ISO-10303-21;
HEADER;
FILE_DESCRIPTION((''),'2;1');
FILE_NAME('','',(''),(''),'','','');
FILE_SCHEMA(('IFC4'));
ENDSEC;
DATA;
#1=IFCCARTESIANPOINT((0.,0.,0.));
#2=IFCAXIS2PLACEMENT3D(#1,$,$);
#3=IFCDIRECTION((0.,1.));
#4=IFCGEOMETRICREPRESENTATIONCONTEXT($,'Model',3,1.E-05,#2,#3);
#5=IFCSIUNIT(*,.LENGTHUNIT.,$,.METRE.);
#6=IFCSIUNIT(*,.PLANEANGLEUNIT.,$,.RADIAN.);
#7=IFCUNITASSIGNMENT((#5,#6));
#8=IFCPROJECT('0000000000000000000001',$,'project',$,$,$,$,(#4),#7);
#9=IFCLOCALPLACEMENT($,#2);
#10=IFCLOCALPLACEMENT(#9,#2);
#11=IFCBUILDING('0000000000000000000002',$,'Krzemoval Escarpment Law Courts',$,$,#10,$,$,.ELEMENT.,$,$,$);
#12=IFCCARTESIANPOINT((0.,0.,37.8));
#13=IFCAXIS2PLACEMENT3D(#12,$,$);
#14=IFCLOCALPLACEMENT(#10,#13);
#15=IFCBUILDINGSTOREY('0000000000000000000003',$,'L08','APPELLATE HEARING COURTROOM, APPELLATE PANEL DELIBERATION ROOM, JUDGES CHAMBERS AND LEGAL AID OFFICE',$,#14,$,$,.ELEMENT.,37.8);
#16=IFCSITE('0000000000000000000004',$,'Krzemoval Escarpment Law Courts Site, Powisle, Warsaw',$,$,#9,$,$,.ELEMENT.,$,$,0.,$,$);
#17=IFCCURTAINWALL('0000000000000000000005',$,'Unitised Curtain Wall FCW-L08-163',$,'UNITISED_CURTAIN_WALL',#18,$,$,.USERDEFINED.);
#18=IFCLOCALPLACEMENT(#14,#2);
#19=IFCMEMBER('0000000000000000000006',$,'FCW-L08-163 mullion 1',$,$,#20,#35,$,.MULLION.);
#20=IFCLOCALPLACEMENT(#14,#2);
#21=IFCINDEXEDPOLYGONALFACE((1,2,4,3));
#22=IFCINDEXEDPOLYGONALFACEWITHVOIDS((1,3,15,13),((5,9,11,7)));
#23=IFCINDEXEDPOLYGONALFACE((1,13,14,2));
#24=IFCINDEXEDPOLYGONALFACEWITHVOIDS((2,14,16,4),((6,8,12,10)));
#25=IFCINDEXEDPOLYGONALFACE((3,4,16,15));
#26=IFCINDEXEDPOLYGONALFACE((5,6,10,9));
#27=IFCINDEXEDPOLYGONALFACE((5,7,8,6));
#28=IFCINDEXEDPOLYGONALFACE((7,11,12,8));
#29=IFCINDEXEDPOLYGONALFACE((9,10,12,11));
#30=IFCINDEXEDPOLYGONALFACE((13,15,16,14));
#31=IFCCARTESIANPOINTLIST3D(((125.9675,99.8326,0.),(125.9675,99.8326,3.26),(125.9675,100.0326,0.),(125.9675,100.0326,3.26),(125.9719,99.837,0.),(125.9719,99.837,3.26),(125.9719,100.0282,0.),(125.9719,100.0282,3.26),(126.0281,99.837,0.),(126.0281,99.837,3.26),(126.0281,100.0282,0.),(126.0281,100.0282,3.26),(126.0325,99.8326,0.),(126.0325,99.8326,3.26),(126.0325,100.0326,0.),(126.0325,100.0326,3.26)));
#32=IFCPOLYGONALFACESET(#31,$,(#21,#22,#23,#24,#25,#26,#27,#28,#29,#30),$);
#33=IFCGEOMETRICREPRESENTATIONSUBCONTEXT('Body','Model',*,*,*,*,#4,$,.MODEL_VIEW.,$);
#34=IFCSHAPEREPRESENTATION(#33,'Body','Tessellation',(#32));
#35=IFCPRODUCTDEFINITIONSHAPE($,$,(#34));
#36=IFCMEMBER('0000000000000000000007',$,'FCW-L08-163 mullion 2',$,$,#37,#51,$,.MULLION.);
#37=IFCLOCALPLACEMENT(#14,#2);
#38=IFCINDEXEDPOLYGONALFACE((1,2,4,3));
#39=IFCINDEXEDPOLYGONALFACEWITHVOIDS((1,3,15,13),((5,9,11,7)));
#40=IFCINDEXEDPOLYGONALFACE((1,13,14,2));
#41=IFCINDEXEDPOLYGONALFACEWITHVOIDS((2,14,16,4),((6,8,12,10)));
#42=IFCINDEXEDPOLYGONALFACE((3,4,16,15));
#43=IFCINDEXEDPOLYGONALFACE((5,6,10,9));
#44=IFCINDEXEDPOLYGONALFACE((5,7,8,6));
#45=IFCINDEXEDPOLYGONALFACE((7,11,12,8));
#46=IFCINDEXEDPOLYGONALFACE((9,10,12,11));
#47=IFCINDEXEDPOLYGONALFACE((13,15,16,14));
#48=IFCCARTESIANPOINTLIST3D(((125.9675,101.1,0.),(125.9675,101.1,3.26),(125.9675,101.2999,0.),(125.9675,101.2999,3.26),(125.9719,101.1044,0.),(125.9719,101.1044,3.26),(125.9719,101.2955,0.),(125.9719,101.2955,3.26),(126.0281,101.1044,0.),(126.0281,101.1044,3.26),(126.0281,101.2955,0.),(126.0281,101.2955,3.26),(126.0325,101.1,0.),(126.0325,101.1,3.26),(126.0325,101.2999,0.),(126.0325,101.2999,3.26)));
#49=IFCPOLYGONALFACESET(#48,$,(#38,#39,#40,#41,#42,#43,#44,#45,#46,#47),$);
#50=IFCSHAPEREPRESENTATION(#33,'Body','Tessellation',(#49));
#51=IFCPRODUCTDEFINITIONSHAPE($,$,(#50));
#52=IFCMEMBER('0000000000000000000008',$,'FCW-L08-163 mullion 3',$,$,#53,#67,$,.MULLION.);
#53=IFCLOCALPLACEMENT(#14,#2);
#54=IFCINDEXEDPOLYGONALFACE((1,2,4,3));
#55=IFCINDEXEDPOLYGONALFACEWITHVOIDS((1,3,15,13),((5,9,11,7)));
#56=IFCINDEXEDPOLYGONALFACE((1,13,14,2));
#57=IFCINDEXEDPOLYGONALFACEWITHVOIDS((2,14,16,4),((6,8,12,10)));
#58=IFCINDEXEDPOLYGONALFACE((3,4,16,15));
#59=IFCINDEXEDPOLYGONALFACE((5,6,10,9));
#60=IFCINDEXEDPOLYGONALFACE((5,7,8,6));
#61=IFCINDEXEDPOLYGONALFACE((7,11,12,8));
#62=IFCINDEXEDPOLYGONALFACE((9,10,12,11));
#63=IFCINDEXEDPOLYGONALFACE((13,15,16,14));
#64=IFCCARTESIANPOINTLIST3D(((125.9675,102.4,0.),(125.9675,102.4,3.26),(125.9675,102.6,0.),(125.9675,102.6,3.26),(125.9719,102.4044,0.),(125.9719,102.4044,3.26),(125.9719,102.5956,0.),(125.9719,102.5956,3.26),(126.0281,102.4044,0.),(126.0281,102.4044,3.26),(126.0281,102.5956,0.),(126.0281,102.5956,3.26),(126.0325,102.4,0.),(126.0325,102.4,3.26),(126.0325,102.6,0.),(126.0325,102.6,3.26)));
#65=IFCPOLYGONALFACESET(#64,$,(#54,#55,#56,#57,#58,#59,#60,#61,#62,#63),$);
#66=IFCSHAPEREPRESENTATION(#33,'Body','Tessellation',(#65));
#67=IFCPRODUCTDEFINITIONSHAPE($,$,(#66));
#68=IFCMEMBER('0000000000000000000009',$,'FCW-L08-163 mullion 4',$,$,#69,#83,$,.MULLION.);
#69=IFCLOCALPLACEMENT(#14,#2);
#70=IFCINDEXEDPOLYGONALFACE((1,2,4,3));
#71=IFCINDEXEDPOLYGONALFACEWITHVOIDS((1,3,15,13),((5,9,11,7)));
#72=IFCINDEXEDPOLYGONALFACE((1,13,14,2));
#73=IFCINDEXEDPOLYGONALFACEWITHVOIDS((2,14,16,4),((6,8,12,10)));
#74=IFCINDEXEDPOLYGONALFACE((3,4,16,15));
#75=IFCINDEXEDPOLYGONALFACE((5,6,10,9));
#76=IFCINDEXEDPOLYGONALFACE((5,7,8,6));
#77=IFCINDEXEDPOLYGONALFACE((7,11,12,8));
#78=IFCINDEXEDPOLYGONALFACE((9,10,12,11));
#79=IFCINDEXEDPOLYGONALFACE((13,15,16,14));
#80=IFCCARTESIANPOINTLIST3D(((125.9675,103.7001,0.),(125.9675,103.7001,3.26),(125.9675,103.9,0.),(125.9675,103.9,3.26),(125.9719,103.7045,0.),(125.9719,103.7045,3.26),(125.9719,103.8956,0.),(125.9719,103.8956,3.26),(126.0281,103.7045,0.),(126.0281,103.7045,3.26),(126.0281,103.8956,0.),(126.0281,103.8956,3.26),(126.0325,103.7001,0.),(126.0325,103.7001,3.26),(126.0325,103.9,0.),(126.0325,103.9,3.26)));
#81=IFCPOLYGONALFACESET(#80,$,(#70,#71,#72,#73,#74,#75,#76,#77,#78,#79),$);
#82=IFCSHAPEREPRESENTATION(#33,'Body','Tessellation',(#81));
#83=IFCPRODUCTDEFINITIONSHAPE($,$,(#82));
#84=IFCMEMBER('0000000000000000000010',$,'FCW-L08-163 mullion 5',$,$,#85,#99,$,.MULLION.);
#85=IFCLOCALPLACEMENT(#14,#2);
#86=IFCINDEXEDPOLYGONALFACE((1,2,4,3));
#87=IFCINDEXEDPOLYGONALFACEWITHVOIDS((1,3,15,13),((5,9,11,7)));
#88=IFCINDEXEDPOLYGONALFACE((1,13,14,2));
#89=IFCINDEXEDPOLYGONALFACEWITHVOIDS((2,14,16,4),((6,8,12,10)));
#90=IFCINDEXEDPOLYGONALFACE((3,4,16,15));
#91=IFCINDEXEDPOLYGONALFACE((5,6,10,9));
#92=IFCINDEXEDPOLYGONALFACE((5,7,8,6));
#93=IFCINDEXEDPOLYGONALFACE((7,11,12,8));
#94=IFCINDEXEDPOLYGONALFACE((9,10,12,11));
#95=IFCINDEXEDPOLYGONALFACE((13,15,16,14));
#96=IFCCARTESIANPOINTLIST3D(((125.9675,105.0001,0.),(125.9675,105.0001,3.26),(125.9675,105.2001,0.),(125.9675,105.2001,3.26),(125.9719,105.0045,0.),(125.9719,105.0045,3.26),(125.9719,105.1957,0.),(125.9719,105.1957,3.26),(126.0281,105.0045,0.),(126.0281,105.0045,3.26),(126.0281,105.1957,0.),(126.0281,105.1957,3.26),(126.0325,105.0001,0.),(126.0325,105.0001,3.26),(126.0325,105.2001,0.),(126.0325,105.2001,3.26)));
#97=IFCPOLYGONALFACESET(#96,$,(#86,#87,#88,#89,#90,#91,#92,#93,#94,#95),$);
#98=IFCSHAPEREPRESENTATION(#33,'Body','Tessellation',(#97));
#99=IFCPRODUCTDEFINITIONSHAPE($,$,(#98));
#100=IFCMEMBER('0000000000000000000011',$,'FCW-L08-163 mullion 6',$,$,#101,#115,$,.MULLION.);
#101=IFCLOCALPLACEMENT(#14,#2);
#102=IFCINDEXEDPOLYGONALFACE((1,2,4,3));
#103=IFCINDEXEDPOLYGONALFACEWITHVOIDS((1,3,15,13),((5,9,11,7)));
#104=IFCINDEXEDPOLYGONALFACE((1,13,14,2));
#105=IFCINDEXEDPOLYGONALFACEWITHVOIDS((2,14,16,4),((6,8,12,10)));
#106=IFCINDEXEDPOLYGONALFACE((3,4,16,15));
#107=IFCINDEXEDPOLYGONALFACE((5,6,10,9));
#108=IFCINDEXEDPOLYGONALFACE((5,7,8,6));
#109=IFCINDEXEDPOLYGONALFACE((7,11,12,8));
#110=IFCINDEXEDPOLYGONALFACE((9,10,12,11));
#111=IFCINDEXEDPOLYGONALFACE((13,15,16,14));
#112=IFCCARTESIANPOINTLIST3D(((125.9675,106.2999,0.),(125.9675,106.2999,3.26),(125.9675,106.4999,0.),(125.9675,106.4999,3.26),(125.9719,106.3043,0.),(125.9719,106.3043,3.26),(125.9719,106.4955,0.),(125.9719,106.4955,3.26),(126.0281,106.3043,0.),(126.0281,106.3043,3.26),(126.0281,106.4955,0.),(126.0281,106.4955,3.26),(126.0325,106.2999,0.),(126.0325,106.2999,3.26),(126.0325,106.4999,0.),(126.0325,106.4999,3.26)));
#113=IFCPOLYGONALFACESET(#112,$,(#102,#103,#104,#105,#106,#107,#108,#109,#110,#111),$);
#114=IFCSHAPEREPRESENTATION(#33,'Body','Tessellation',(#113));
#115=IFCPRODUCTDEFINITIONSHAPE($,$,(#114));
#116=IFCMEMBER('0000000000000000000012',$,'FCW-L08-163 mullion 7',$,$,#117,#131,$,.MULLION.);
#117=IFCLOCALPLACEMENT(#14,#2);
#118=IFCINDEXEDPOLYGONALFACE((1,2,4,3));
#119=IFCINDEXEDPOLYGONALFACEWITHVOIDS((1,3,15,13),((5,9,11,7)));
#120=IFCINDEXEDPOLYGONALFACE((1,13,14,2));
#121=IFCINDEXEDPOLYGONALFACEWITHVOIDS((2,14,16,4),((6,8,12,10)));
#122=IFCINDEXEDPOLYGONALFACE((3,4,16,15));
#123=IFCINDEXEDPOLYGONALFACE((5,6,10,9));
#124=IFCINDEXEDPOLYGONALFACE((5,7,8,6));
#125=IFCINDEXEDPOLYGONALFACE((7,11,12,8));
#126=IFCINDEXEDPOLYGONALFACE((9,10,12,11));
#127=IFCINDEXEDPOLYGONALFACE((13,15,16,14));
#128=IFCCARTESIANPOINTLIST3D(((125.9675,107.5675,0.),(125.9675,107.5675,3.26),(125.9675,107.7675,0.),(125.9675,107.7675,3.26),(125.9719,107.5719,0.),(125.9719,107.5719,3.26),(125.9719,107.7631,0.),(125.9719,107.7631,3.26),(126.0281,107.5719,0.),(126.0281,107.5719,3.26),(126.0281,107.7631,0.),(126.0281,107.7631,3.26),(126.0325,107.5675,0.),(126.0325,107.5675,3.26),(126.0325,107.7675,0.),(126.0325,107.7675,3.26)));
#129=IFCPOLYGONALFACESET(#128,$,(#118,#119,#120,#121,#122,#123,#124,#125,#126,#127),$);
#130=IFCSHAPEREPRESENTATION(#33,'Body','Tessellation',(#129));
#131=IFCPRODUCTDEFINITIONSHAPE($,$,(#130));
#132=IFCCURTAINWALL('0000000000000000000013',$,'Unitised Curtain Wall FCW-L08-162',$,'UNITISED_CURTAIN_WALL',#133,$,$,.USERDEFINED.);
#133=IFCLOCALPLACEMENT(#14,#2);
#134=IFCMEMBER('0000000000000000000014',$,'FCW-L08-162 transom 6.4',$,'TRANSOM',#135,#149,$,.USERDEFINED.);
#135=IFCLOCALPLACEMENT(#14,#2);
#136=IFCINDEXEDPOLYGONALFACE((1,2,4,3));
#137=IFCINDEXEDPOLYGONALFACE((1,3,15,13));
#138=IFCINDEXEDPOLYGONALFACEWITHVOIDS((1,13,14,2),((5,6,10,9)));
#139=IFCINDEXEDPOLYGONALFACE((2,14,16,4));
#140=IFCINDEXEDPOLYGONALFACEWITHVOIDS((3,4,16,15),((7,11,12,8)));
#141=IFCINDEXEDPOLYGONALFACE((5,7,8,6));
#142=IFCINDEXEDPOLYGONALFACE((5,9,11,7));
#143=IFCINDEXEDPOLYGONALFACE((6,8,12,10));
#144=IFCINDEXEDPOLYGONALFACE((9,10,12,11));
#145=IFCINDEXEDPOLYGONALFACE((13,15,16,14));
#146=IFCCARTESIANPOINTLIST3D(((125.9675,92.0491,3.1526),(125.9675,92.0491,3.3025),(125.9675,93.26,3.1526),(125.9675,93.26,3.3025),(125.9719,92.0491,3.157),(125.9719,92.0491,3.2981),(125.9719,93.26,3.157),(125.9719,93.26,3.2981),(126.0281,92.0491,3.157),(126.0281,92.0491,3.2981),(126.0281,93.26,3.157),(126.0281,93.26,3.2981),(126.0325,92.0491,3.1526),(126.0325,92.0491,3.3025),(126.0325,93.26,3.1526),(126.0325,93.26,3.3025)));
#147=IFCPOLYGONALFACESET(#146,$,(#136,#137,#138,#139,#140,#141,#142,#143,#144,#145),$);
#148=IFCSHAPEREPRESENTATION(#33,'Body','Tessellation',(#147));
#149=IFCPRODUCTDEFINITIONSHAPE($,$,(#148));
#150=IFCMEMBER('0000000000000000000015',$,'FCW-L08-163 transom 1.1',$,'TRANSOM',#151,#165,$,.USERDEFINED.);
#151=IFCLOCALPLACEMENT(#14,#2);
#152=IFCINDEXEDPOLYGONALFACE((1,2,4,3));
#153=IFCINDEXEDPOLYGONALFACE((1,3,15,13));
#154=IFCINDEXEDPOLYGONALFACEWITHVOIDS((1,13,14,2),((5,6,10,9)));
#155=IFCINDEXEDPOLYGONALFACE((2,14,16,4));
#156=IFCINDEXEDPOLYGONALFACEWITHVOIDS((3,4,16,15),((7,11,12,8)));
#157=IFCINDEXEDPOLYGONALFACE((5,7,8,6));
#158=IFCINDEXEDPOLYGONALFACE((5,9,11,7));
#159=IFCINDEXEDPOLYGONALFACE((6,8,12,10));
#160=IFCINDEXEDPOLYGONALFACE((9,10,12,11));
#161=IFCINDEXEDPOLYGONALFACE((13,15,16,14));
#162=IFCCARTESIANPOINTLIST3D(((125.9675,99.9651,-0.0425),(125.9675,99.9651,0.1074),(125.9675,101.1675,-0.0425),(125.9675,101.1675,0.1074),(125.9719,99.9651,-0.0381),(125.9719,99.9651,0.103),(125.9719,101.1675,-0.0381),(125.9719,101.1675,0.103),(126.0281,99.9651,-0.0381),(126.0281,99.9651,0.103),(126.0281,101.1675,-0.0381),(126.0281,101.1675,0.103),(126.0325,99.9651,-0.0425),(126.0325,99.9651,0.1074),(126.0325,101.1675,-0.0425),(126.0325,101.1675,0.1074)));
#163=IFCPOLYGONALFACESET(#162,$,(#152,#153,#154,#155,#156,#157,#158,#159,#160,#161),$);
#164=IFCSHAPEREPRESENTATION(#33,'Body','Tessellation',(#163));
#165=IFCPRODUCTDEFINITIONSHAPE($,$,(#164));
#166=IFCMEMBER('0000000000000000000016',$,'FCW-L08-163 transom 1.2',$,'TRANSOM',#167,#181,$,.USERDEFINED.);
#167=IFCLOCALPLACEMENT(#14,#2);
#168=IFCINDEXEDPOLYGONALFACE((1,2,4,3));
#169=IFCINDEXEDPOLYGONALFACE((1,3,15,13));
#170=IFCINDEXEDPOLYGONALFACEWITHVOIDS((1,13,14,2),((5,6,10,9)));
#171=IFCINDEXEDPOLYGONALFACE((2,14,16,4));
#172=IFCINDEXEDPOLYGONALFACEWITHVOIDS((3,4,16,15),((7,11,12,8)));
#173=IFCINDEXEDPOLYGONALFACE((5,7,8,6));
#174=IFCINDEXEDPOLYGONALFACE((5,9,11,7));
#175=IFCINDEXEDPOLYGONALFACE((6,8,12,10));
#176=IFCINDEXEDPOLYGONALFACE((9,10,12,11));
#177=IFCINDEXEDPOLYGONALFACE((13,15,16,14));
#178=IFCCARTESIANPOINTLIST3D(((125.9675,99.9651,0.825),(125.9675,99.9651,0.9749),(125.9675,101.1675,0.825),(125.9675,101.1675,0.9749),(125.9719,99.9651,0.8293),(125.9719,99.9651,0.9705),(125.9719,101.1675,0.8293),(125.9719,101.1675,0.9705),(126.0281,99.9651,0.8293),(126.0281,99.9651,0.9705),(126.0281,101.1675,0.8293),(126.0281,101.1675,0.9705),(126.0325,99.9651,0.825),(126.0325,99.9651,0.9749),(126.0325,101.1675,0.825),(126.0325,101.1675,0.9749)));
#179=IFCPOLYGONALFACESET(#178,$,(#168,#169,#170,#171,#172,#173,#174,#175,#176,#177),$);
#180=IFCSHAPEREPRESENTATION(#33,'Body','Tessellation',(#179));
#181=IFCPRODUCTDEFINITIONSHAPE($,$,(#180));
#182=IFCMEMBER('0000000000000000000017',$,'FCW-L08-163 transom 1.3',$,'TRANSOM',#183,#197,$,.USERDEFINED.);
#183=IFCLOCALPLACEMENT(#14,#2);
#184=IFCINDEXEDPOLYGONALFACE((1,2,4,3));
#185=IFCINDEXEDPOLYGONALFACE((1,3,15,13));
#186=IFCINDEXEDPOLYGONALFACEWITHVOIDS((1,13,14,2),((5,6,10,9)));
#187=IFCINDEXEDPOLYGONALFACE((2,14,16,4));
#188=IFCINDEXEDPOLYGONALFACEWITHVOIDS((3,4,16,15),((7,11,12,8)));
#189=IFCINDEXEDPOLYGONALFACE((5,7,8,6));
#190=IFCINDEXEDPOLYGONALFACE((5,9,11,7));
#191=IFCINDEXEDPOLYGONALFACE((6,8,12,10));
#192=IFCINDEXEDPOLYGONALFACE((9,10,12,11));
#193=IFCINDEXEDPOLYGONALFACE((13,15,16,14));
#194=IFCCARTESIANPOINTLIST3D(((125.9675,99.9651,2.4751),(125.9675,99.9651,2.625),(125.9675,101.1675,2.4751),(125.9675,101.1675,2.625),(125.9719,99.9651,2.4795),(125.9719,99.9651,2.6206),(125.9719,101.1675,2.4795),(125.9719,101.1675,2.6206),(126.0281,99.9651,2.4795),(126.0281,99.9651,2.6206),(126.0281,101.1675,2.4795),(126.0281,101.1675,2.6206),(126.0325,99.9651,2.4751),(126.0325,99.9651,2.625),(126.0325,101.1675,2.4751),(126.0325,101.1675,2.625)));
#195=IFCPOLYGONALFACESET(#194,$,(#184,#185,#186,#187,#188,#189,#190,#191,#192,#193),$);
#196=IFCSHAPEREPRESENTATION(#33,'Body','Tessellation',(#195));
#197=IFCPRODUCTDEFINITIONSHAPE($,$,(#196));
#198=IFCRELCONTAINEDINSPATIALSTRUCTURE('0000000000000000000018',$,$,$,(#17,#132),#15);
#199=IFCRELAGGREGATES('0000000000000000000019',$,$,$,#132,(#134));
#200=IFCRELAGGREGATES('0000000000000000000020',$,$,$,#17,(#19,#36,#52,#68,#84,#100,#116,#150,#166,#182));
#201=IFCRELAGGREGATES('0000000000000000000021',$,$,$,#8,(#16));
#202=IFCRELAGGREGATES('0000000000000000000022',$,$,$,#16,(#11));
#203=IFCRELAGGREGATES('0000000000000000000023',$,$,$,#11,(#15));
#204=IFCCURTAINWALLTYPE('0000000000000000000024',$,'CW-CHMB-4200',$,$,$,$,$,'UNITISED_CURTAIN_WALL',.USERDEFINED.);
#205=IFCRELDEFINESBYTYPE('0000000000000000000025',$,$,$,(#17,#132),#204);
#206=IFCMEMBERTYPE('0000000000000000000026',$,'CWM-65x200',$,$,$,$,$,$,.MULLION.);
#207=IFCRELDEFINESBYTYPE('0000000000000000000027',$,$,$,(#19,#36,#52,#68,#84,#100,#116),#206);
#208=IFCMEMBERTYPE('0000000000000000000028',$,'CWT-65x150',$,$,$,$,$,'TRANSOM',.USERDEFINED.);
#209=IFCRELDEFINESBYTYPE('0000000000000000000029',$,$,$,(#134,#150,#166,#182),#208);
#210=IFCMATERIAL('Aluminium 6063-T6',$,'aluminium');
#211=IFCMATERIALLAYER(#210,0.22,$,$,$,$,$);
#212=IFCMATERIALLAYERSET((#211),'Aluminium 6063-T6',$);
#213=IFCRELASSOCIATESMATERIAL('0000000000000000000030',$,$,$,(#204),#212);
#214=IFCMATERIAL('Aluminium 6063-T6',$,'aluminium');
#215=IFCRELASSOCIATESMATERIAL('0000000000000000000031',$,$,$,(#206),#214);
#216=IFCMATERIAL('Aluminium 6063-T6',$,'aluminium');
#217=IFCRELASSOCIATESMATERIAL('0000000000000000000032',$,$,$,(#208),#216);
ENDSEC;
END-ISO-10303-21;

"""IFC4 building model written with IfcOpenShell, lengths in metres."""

from ifc_helpers import new_model, si_unit, direction, frame, origin, origin_2d, place, context, subcontext, project, spatial, hollow_rectangle, extrude, material, layer, layer_set, material_profile, profile_set, type_object, element, aggregate, save


model = new_model("IFC4")

# Units and contexts
model_context = context("Model", 3, precision=1e-05, world=origin(), true_north=direction((0.0, 1.0)))
body_context = subcontext(model_context, "Body", "Model", "MODEL_VIEW")
ifc_project = project(units=[si_unit("LENGTHUNIT", "METRE"), si_unit("PLANEANGLEUNIT", "RADIAN")], contexts=[model_context])

# Site, building, storey
site_placement = place(None, origin())
site = spatial("IfcSite", under=ifc_project, at=site_placement, Name="Krzemoval Escarpment Law Courts Site, Powisle, Warsaw", CompositionType="ELEMENT", RefElevation=0.0)
building_placement = place(site_placement, origin())
building = spatial("IfcBuilding", under=site, at=building_placement, Name="Krzemoval Escarpment Law Courts", CompositionType="ELEMENT")
storey_placement = place(building_placement, frame((0.0, 0.0, 37.8)))
storey = spatial("IfcBuildingStorey", under=building, at=storey_placement, Name="L08", Description="APPELLATE HEARING COURTROOM, APPELLATE PANEL DELIBERATION ROOM, JUDGES CHAMBERS AND LEGAL AID OFFICE", CompositionType="ELEMENT", Elevation=37.8)

# Curtain wall, members
ifc_material_1 = material(Name="Aluminium 6063-T6", Category="aluminium")
ifc_layer_1 = layer(ifc_material_1, 0.22)
ifc_layer_set_1 = layer_set([ifc_layer_1], Name="Aluminium 6063-T6")
curtain_wall_type = type_object("IfcCurtainWallType", Name="CW-CHMB-4200", ElementType="UNITISED_CURTAIN_WALL", PredefinedType="USERDEFINED", material=ifc_layer_set_1)
curtain_wall_1_placement = place(storey_placement, origin())
curtain_wall_1 = element("IfcCurtainWall", 1, at=curtain_wall_1_placement, inside=storey, type_object=curtain_wall_type, Name="Unitised Curtain Wall FCW-L08-163", ObjectType="UNITISED_CURTAIN_WALL", PredefinedType="USERDEFINED")
ifc_material_2 = material(Name="Aluminium 6063-T6", Category="aluminium")
ifc_material_profile_1 = material_profile(ifc_material_2, hollow_rectangle(XDim=0.0649, YDim=0.2, WallThickness=0.0044, at=origin_2d()), Name="ALU M65x200")
ifc_profile_set_1 = profile_set([ifc_material_profile_1], Name="Aluminium 6063-T6")
member_type_1 = type_object("IfcMemberType", Name="CWM-65x200", PredefinedType="MULLION", material=ifc_profile_set_1)
member_1_placement = place(storey_placement, frame((126.0, 99.9326, 0.0), z_axis=(0.0, 0.0, 1.0), x_axis=(-1.0, 0.0, 0.0)))
member_1 = element("IfcMember", 2, at=member_1_placement, type_object=member_type_1, Name="FCW-L08-163 mullion 1", PredefinedType="MULLION", context=body_context, shape_type="SweptSolid", body=[
    extrude(hollow_rectangle(XDim=0.0649, YDim=0.2, WallThickness=0.0044, at=origin_2d()), origin(), (0.0, 0.0, 1.0), 3.26),
])
member_2_placement = place(storey_placement, frame((126.0, 101.2, 0.0), z_axis=(0.0, 0.0, 1.0), x_axis=(-1.0, 0.0, 0.0)))
member_2 = element("IfcMember", 3, at=member_2_placement, type_object=member_type_1, Name="FCW-L08-163 mullion 2", PredefinedType="MULLION", context=body_context, shape_type="SweptSolid", body=[
    extrude(hollow_rectangle(XDim=0.0649, YDim=0.2, WallThickness=0.0044, at=origin_2d()), origin(), (0.0, 0.0, 1.0), 3.26),
])
member_3_placement = place(storey_placement, frame((126.0, 102.5, 0.0), z_axis=(0.0, 0.0, 1.0), x_axis=(-1.0, 0.0, 0.0)))
member_3 = element("IfcMember", 4, at=member_3_placement, type_object=member_type_1, Name="FCW-L08-163 mullion 3", PredefinedType="MULLION", context=body_context, shape_type="SweptSolid", body=[
    extrude(hollow_rectangle(XDim=0.0649, YDim=0.2, WallThickness=0.0044, at=origin_2d()), origin(), (0.0, 0.0, 1.0), 3.26),
])
member_4_placement = place(storey_placement, frame((126.0, 103.8, 0.0), z_axis=(0.0, 0.0, 1.0), x_axis=(-1.0, 0.0, 0.0)))
member_4 = element("IfcMember", 5, at=member_4_placement, type_object=member_type_1, Name="FCW-L08-163 mullion 4", PredefinedType="MULLION", context=body_context, shape_type="SweptSolid", body=[
    extrude(hollow_rectangle(XDim=0.0649, YDim=0.2, WallThickness=0.0044, at=origin_2d()), origin(), (0.0, 0.0, 1.0), 3.26),
])
member_5_placement = place(storey_placement, frame((126.0, 105.1001, 0.0), z_axis=(0.0, 0.0, 1.0), x_axis=(-1.0, 0.0, 0.0)))
member_5 = element("IfcMember", 6, at=member_5_placement, type_object=member_type_1, Name="FCW-L08-163 mullion 5", PredefinedType="MULLION", context=body_context, shape_type="SweptSolid", body=[
    extrude(hollow_rectangle(XDim=0.0649, YDim=0.2, WallThickness=0.0044, at=origin_2d()), origin(), (0.0, 0.0, 1.0), 3.26),
])
member_6_placement = place(storey_placement, frame((126.0, 106.3999, 0.0), z_axis=(0.0, 0.0, 1.0), x_axis=(-1.0, 0.0, 0.0)))
member_6 = element("IfcMember", 7, at=member_6_placement, type_object=member_type_1, Name="FCW-L08-163 mullion 6", PredefinedType="MULLION", context=body_context, shape_type="SweptSolid", body=[
    extrude(hollow_rectangle(XDim=0.0649, YDim=0.2, WallThickness=0.0044, at=origin_2d()), origin(), (0.0, 0.0, 1.0), 3.26),
])
member_7_placement = place(storey_placement, frame((126.0, 107.6675, 0.0), z_axis=(0.0, 0.0, 1.0), x_axis=(-1.0, 0.0, 0.0)))
member_7 = element("IfcMember", 8, at=member_7_placement, type_object=member_type_1, Name="FCW-L08-163 mullion 7", PredefinedType="MULLION", context=body_context, shape_type="SweptSolid", body=[
    extrude(hollow_rectangle(XDim=0.0649, YDim=0.2, WallThickness=0.0044, at=origin_2d()), origin(), (0.0, 0.0, 1.0), 3.26),
])

# Curtain wall, member
curtain_wall_2_placement = place(storey_placement, origin())
curtain_wall_2 = element("IfcCurtainWall", 9, at=curtain_wall_2_placement, inside=storey, type_object=curtain_wall_type, Name="Unitised Curtain Wall FCW-L08-162", ObjectType="UNITISED_CURTAIN_WALL", PredefinedType="USERDEFINED")
ifc_material_3 = material(Name="Aluminium 6063-T6", Category="aluminium")
ifc_material_profile_2 = material_profile(ifc_material_3, hollow_rectangle(XDim=0.0649, YDim=0.1499, WallThickness=0.0044, at=origin_2d()), Name="ALU T65x150")
ifc_profile_set_2 = profile_set([ifc_material_profile_2], Name="Aluminium 6063-T6")
member_type_2 = type_object("IfcMemberType", Name="CWT-65x150", ElementType="TRANSOM", PredefinedType="USERDEFINED", material=ifc_profile_set_2)
member_8_placement = place(storey_placement, frame((126.0, 92.0491, 3.2275), z_axis=(0.0, 1.0, 0.0), x_axis=(-1.0, 0.0, 0.0)))
member_8 = element("IfcMember", 10, at=member_8_placement, type_object=member_type_2, Name="FCW-L08-162 transom 6.4", ObjectType="TRANSOM", PredefinedType="USERDEFINED", context=body_context, shape_type="SweptSolid", body=[
    extrude(hollow_rectangle(XDim=0.0649, YDim=0.1499, WallThickness=0.0044, at=origin_2d()), origin(), (0.0, 0.0, 1.0), 1.2109),
])

# Members
member_9_placement = place(storey_placement, frame((126.0, 99.9651, 0.0325), z_axis=(0.0, 1.0, 0.0), x_axis=(-1.0, 0.0, 0.0)))
member_9 = element("IfcMember", 11, at=member_9_placement, type_object=member_type_2, Name="FCW-L08-163 transom 1.1", ObjectType="TRANSOM", PredefinedType="USERDEFINED", context=body_context, shape_type="SweptSolid", body=[
    extrude(hollow_rectangle(XDim=0.0649, YDim=0.1499, WallThickness=0.0044, at=origin_2d()), origin(), (0.0, 0.0, 1.0), 1.2024),
])
member_10_placement = place(storey_placement, frame((126.0, 99.9651, 0.8999), z_axis=(0.0, 1.0, 0.0), x_axis=(-1.0, 0.0, 0.0)))
member_10 = element("IfcMember", 12, at=member_10_placement, type_object=member_type_2, Name="FCW-L08-163 transom 1.2", ObjectType="TRANSOM", PredefinedType="USERDEFINED", context=body_context, shape_type="SweptSolid", body=[
    extrude(hollow_rectangle(XDim=0.0649, YDim=0.1499, WallThickness=0.0044, at=origin_2d()), origin(), (0.0, 0.0, 1.0), 1.2024),
])
member_11_placement = place(storey_placement, frame((126.0, 99.9651, 2.55), z_axis=(0.0, 1.0, 0.0), x_axis=(-1.0, 0.0, 0.0)))
member_11 = element("IfcMember", 13, at=member_11_placement, type_object=member_type_2, Name="FCW-L08-163 transom 1.3", ObjectType="TRANSOM", PredefinedType="USERDEFINED", context=body_context, shape_type="SweptSolid", body=[
    extrude(hollow_rectangle(XDim=0.0649, YDim=0.1499, WallThickness=0.0044, at=origin_2d()), origin(), (0.0, 0.0, 1.0), 1.2024),
])

aggregate(curtain_wall_2, [member_8])
aggregate(curtain_wall_1, [member_1, member_2, member_3, member_4, member_5, member_6, member_7, member_9, member_10, member_11])

save(model, "model.ifc")
